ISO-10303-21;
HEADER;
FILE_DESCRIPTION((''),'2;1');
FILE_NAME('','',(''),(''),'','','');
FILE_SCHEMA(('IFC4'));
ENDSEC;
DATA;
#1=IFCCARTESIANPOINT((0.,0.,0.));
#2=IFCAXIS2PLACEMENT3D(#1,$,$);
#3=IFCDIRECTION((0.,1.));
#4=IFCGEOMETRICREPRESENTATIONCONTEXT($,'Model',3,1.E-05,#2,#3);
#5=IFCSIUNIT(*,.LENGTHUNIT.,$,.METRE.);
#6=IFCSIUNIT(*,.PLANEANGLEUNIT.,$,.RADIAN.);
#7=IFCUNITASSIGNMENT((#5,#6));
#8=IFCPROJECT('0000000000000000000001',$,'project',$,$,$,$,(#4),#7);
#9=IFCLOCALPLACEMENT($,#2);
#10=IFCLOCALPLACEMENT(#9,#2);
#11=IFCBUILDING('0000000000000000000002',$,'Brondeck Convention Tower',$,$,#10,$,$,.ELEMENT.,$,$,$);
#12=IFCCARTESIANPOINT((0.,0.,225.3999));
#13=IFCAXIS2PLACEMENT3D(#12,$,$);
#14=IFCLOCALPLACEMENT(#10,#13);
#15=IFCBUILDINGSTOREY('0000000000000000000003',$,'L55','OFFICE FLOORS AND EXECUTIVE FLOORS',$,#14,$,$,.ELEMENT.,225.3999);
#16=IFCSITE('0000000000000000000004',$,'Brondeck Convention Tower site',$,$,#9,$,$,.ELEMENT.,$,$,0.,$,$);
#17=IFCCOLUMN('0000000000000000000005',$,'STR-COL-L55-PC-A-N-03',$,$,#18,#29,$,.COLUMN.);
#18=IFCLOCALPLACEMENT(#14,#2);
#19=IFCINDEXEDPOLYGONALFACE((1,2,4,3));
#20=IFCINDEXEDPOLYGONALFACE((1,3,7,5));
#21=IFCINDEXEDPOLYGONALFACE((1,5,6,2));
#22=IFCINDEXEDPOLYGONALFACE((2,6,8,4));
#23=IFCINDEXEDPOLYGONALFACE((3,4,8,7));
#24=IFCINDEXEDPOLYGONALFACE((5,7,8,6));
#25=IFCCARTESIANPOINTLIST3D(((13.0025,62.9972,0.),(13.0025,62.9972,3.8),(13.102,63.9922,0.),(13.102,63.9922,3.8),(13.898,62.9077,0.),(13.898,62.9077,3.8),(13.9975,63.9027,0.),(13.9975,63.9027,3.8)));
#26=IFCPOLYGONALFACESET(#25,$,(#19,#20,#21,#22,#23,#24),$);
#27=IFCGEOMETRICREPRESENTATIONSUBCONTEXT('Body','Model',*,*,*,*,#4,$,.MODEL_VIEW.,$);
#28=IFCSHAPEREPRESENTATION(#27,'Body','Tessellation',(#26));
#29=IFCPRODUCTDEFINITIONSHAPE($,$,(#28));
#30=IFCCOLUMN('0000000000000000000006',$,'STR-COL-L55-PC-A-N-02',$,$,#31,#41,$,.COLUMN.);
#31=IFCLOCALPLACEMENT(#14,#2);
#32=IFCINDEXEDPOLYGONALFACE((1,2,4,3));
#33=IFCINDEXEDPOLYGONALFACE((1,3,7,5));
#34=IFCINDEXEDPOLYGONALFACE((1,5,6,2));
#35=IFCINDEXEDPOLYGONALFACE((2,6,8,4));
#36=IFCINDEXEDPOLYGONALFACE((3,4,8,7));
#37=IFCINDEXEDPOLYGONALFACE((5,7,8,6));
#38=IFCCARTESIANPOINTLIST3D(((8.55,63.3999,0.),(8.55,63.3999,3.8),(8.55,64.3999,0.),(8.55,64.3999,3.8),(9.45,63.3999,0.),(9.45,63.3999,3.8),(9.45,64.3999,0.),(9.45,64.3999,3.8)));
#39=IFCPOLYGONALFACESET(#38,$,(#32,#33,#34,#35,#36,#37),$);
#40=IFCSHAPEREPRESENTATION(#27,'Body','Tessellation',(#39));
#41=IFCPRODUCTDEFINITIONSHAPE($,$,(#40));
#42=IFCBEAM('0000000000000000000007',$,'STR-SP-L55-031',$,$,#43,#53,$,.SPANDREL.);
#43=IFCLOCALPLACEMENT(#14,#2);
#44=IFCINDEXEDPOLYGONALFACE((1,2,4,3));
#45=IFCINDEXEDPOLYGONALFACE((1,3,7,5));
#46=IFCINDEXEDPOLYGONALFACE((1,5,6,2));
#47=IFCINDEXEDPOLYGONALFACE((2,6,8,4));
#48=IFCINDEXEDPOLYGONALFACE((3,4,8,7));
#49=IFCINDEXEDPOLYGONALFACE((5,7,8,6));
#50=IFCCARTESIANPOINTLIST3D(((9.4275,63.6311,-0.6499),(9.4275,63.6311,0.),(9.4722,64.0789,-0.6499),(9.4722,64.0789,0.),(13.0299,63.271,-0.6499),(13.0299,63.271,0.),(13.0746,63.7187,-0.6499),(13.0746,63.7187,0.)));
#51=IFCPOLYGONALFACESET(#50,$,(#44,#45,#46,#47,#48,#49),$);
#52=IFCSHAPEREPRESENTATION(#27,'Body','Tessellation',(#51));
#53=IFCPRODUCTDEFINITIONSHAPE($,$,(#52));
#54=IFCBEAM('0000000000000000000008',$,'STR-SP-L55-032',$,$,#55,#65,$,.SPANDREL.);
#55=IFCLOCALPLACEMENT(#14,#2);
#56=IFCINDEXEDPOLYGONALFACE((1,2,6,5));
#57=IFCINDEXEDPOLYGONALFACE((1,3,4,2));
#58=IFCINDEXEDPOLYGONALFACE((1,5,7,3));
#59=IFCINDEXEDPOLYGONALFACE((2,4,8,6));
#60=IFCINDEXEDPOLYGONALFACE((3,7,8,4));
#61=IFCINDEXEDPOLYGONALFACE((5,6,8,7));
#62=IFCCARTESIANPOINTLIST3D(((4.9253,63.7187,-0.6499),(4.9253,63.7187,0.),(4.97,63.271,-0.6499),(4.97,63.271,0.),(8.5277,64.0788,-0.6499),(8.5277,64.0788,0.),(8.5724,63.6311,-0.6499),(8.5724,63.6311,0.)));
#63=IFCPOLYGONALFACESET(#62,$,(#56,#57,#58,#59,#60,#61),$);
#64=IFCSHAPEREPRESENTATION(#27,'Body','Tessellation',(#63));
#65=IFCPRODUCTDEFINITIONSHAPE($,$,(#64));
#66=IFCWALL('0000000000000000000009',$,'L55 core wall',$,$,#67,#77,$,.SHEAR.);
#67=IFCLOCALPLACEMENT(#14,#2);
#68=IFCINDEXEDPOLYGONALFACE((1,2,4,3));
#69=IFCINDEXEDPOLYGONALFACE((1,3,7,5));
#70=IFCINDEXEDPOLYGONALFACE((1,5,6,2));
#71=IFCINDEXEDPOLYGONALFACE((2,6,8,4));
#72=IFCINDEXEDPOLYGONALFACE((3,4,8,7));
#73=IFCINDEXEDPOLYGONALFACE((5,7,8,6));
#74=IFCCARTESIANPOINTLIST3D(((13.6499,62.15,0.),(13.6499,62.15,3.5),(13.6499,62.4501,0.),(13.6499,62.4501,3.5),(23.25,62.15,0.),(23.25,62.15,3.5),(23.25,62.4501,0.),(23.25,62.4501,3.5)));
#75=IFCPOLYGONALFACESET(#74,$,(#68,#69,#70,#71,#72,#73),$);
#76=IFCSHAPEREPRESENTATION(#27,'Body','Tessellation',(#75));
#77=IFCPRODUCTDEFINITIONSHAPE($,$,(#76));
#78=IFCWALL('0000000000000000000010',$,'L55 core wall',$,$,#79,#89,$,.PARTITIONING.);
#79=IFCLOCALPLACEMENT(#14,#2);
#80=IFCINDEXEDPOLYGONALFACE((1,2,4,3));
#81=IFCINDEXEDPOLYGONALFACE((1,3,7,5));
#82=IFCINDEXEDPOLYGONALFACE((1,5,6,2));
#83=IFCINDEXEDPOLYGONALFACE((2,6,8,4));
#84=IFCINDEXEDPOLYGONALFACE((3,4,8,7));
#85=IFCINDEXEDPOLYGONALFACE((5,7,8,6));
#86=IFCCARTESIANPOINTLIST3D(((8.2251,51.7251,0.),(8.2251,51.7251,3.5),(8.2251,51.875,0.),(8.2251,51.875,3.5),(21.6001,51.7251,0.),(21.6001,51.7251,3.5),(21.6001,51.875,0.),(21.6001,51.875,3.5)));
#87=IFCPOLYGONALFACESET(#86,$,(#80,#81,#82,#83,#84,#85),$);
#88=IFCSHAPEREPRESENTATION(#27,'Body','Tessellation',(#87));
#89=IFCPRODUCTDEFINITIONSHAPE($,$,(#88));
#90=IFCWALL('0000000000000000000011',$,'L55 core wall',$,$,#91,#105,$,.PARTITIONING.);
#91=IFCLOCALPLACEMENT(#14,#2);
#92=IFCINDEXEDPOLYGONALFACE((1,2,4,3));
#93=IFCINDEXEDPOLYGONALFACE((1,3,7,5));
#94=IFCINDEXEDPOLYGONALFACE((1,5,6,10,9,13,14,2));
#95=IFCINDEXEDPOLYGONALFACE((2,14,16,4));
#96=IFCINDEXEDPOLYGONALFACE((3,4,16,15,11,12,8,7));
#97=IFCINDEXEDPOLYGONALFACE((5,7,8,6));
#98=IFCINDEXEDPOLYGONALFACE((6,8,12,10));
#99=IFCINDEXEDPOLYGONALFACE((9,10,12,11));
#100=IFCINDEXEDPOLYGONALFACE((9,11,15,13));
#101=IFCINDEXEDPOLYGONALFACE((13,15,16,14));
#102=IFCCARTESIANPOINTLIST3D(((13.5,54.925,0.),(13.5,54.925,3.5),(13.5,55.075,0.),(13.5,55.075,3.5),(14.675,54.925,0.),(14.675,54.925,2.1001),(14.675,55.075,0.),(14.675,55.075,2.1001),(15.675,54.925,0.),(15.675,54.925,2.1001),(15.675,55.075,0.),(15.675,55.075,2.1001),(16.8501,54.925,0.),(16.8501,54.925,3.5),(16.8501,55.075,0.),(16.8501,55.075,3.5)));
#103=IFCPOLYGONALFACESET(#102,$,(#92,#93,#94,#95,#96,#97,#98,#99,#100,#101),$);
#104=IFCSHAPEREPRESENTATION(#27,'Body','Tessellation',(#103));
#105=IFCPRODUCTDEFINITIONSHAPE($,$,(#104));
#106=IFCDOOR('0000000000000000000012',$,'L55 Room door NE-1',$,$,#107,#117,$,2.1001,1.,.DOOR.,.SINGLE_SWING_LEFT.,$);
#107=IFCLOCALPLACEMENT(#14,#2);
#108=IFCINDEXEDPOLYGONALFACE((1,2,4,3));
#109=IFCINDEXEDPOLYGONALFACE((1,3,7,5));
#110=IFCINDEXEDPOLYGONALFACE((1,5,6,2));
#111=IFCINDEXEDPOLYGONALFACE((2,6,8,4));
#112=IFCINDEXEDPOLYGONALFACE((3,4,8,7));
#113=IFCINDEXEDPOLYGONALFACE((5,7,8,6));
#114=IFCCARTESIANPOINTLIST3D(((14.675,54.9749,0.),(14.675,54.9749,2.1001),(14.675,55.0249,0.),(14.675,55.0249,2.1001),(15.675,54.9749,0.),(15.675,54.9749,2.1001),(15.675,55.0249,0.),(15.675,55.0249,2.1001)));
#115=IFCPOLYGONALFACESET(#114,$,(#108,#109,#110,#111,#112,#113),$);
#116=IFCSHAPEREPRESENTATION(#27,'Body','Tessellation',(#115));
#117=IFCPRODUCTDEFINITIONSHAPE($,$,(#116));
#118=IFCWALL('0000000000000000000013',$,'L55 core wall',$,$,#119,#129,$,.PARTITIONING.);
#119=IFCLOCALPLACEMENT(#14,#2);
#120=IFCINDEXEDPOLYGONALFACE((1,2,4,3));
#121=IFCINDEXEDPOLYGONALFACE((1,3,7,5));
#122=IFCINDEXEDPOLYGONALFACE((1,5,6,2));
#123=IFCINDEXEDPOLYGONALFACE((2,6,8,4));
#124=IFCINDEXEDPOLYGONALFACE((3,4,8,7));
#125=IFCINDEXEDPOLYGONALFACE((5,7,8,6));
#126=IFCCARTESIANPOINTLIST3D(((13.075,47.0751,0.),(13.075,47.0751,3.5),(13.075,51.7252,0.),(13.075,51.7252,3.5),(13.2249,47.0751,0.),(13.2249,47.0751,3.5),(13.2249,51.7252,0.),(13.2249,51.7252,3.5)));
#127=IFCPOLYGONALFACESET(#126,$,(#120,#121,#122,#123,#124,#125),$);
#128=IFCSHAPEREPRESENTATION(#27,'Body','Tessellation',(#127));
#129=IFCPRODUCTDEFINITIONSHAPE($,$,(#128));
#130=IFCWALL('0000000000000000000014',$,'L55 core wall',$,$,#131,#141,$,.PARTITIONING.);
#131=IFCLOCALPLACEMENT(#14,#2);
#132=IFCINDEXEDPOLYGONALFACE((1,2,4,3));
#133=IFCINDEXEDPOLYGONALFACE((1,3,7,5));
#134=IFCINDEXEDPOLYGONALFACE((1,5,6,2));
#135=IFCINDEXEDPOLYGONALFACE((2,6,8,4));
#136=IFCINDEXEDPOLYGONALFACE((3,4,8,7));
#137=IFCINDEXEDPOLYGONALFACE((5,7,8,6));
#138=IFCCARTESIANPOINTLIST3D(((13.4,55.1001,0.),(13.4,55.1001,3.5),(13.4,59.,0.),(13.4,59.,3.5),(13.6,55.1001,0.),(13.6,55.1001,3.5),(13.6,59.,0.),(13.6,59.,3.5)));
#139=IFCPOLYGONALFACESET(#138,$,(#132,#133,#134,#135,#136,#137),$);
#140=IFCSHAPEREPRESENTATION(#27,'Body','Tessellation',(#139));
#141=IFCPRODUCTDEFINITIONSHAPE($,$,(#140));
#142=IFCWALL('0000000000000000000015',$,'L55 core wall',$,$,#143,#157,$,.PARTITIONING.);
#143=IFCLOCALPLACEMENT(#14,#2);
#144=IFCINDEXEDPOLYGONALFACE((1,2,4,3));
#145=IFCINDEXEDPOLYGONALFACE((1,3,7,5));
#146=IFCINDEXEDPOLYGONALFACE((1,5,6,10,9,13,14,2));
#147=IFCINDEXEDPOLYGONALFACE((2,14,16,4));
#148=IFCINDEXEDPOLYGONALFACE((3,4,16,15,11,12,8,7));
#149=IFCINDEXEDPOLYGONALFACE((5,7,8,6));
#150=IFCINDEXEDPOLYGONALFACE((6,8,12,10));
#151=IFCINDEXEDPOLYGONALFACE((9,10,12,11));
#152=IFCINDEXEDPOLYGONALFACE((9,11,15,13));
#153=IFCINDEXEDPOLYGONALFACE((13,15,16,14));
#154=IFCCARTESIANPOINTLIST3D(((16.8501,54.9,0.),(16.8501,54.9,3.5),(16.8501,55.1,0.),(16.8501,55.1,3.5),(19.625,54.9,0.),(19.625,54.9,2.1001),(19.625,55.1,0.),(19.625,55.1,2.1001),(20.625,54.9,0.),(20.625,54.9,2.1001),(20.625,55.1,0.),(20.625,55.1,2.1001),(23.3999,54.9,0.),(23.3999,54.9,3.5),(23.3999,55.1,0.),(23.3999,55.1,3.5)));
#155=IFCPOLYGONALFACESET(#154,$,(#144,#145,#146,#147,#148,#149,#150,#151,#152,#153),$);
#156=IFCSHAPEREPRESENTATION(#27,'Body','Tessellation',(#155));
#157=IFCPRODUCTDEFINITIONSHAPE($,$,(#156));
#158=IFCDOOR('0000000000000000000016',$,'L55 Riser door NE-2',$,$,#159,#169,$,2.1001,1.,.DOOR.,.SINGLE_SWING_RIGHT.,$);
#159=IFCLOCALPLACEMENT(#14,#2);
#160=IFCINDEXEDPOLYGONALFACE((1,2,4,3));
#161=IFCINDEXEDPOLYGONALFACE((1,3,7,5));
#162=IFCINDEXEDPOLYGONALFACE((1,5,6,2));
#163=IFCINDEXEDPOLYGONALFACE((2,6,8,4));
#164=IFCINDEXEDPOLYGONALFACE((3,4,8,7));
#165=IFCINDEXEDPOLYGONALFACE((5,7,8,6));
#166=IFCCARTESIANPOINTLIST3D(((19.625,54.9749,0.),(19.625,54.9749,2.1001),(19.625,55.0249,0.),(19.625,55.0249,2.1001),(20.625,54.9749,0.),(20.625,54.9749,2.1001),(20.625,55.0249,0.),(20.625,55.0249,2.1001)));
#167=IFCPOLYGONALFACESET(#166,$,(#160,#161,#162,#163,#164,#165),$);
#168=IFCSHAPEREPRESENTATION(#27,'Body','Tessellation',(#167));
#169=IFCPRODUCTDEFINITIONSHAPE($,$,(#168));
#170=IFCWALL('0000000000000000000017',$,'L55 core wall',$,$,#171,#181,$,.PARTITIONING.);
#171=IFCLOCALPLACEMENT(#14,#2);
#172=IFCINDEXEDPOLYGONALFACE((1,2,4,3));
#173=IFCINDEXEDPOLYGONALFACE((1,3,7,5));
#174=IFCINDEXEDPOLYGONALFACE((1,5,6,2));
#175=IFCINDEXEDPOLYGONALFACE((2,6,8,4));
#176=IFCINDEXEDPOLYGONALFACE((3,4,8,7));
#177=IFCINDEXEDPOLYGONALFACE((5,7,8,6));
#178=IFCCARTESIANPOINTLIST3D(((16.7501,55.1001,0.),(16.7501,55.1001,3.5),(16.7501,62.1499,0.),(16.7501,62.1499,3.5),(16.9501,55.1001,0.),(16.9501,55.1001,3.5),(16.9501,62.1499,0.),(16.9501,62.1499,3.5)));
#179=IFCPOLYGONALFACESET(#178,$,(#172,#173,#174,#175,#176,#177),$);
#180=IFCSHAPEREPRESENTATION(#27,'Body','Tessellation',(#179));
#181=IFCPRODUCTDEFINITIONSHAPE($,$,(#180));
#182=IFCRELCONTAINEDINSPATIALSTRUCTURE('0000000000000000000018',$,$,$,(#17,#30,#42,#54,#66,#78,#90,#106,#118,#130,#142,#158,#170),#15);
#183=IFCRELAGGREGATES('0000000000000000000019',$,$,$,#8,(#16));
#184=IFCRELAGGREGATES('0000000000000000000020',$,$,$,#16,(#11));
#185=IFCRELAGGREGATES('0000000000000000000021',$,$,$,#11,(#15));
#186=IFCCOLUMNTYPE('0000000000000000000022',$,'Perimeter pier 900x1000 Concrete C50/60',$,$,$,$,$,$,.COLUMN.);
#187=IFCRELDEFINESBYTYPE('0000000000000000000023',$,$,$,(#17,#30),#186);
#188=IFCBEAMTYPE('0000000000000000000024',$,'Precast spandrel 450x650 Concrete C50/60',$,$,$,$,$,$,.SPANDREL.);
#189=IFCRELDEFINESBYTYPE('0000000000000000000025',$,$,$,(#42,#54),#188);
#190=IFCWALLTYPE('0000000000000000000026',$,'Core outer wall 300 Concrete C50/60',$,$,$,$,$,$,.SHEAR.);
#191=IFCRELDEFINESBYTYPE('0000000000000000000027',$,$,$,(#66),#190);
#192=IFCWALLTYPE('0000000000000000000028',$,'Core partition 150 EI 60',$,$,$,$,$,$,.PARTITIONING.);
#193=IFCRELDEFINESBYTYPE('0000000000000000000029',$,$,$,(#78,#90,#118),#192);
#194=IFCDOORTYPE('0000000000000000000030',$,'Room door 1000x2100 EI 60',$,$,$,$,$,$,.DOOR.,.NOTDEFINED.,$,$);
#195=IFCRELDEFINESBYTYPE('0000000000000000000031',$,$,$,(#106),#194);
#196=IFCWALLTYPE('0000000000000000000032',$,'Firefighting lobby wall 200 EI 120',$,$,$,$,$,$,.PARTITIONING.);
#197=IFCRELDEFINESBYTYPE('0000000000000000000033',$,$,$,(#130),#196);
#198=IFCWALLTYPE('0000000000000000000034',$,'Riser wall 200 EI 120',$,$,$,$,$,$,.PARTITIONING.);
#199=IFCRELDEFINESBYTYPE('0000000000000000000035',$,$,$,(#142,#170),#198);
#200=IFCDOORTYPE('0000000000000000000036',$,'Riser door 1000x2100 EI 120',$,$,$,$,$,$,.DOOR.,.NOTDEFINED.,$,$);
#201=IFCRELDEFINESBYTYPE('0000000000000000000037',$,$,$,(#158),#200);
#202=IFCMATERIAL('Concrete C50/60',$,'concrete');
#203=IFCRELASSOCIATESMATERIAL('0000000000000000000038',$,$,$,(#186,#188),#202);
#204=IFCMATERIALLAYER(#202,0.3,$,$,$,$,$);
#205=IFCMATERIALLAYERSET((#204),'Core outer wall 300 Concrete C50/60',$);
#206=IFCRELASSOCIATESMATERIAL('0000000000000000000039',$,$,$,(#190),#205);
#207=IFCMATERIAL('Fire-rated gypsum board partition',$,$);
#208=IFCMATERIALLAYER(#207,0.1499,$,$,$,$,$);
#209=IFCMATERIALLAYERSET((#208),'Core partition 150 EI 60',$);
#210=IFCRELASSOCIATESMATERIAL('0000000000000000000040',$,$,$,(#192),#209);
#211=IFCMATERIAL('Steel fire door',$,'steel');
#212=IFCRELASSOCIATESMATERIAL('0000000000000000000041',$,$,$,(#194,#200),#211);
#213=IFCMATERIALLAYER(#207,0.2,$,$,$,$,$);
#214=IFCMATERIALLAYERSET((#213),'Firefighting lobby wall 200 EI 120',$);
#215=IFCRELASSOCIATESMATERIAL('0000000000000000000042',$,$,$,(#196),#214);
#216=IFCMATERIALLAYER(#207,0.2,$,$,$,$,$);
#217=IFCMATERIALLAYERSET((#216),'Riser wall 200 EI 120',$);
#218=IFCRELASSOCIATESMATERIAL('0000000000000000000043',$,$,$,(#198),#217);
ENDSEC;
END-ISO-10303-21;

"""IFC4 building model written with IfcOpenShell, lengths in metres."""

from ifc_helpers import new_model, si_unit, direction, frame, frame_2d, origin, origin_2d, place, context, subcontext, project, spatial, rectangle, extrude, material, layer, layer_set, material_profile, profile_set, type_object, element, fill, save


model = new_model("IFC4")

# Units and contexts
model_context = context("Model", 3, precision=1e-05, world=origin(), true_north=direction((0.0, 1.0)))
body_context = subcontext(model_context, "Body", "Model", "MODEL_VIEW")
ifc_project = project(units=[si_unit("LENGTHUNIT", "METRE"), si_unit("PLANEANGLEUNIT", "RADIAN")], contexts=[model_context])

# Site, building, storey
site_placement = place(None, origin())
site = spatial("IfcSite", under=ifc_project, at=site_placement, Name="Brondeck Convention Tower site", CompositionType="ELEMENT", RefElevation=0.0)
building_placement = place(site_placement, origin())
building = spatial("IfcBuilding", under=site, at=building_placement, Name="Brondeck Convention Tower", CompositionType="ELEMENT")
storey_placement = place(building_placement, frame((0.0, 0.0, 225.3999)))
storey = spatial("IfcBuildingStorey", under=building, at=storey_placement, Name="L55", Description="OFFICE FLOORS AND EXECUTIVE FLOORS", CompositionType="ELEMENT", Elevation=225.3999)

# Columns
ifc_material_1 = material(Name="Concrete C50/60", Category="concrete")
ifc_material_profile_1 = material_profile(ifc_material_1, rectangle(XDim=0.8999, YDim=1.0, at=origin_2d()), Name="Perimeter pier 900x1000 Concrete C50/60")
ifc_profile_set_1 = profile_set([ifc_material_profile_1], Name="Concrete C50/60")
column_type = type_object("IfcColumnType", Name="Perimeter pier 900x1000 Concrete C50/60", PredefinedType="COLUMN", material=ifc_profile_set_1)
for number, where, z_axis, x_axis, name in (
    (1, (13.5, 63.45, 0.0), (0.0, 0.0, 1.0), (-0.995037, 0.099504, 0.0), "STR-COL-L55-PC-A-N-03"),
    (2, (9.0, 63.8999, 0.0), (0.0, 0.0, 1.0), (-1.0, 0.0, 0.0), "STR-COL-L55-PC-A-N-02"),
):
    element("IfcColumn", number, at=place(storey_placement, frame(where, z_axis=z_axis, x_axis=x_axis)), inside=storey, type_object=column_type, Name=name, PredefinedType="COLUMN", context=body_context, shape_type="SweptSolid", body=[
        extrude(rectangle(XDim=0.8999, YDim=1.0, at=origin_2d()), origin(), (0.0, 0.0, 1.0), 3.8),
    ])

# Beams
ifc_material_profile_2 = material_profile(ifc_material_1, rectangle(XDim=0.45, YDim=0.6499, at=origin_2d()), Name="Precast spandrel 450x650 Concrete C50/60")
ifc_profile_set_2 = profile_set([ifc_material_profile_2], Name="Concrete C50/60")
beam_type = type_object("IfcBeamType", Name="Precast spandrel 450x650 Concrete C50/60", PredefinedType="SPANDREL", material=ifc_profile_set_2)
for number, where, z_axis, x_axis, name in (
    (3, (13.0522, 63.4949, -0.325), (-0.995041, 0.09947, 0.0), (-0.09947, -0.995041, 0.0), "STR-SP-L55-031"),
    (4, (8.55, 63.855, -0.325), (-0.995041, -0.09947, 0.0), (0.09947, -0.995041, 0.0), "STR-SP-L55-032"),
):
    element("IfcBeam", number, at=place(storey_placement, frame(where, z_axis=z_axis, x_axis=x_axis)), inside=storey, type_object=beam_type, Name=name, PredefinedType="SPANDREL", context=body_context, shape_type="SweptSolid", body=[
        extrude(rectangle(XDim=0.45, YDim=0.6499, at=origin_2d()), origin(), (0.0, 0.0, 1.0), 3.6204),
    ])

# Walls
ifc_layer_1 = layer(ifc_material_1, 0.3)
ifc_layer_set_1 = layer_set([ifc_layer_1], Name="Core outer wall 300 Concrete C50/60")
wall_type_1 = type_object("IfcWallType", Name="Core outer wall 300 Concrete C50/60", PredefinedType="SHEAR", material=ifc_layer_set_1)
wall_1_placement = place(storey_placement, frame((13.6499, 62.3, 0.0), z_axis=(0.0, 0.0, 1.0), x_axis=(1.0, 0.0, 0.0)))
element("IfcWall", 5, at=wall_1_placement, inside=storey, type_object=wall_type_1, Name="L55 core wall", PredefinedType="SHEAR", context=body_context, shape_type="SweptSolid", body=[
    extrude(rectangle(XDim=9.6001, YDim=0.3, at=frame_2d((4.8, 0.0))), origin(), (0.0, 0.0, 1.0), 3.5),
])
ifc_material_2 = material(Name="Fire-rated gypsum board partition")
ifc_layer_2 = layer(ifc_material_2, 0.1499)
ifc_layer_set_2 = layer_set([ifc_layer_2], Name="Core partition 150 EI 60")
wall_type_2 = type_object("IfcWallType", Name="Core partition 150 EI 60", PredefinedType="PARTITIONING", material=ifc_layer_set_2)
wall_2_placement = place(storey_placement, frame((8.2251, 51.8, 0.0), z_axis=(0.0, 0.0, 1.0), x_axis=(1.0, 0.0, 0.0)))
element("IfcWall", 6, at=wall_2_placement, inside=storey, type_object=wall_type_2, Name="L55 core wall", PredefinedType="PARTITIONING", context=body_context, shape_type="SweptSolid", body=[
    extrude(rectangle(XDim=13.375, YDim=0.1499, at=frame_2d((6.6875, 0.0))), origin(), (0.0, 0.0, 1.0), 3.5),
])

# Wall, opening, door
wall_3_placement = place(storey_placement, frame((13.5, 55.0, 0.0), z_axis=(0.0, 0.0, 1.0), x_axis=(1.0, 0.0, 0.0)))
wall_3 = element("IfcWall", 7, at=wall_3_placement, inside=storey, type_object=wall_type_2, Name="L55 core wall", PredefinedType="PARTITIONING", context=body_context, shape_type="SweptSolid", body=[
    extrude(rectangle(XDim=3.3501, YDim=0.1499, at=frame_2d((1.675, 0.0))), origin(), (0.0, 0.0, 1.0), 3.5),
])
opening_1_placement = place(wall_3_placement, frame((1.175, 0.0, 0.0)))
opening_1 = element("IfcOpeningElement", 8, at=opening_1_placement, cuts=wall_3, PredefinedType="OPENING", context=body_context, shape_type="SweptSolid", body=[
    extrude(rectangle(XDim=1.0, YDim=2.1001, at=frame_2d((0.5, 1.05))), frame((0.0, 0.085, 0.0), z_axis=(0.0, -1.0, 0.0), x_axis=(1.0, 0.0, 0.0)), (0.0, 0.0, 1.0), 0.1699),
])
ifc_material_3 = material(Name="Steel fire door", Category="steel")
door_type_1 = type_object("IfcDoorType", Name="Room door 1000x2100 EI 60", OperationType="NOTDEFINED", PredefinedType="DOOR", material=ifc_material_3)
door_1_placement = place(opening_1_placement, origin())
door_1 = element("IfcDoor", 9, at=door_1_placement, inside=storey, type_object=door_type_1, Name="L55 Room door NE-1", OperationType="SINGLE_SWING_LEFT", OverallHeight=2.1001, OverallWidth=1.0, PredefinedType="DOOR", context=body_context, shape_type="SweptSolid", body=[
    extrude(rectangle(XDim=1.0, YDim=2.1001, at=frame_2d((0.5, 1.05))), frame((0.0, 0.0249, 0.0), z_axis=(0.0, -1.0, 0.0), x_axis=(1.0, 0.0, 0.0)), (0.0, 0.0, 1.0), 0.05),
])
fill(opening_1, door_1)

# Walls
wall_4_placement = place(storey_placement, frame((13.1499, 47.075, 0.0), z_axis=(0.0, 0.0, 1.0), x_axis=(0.0, 1.0, 0.0)))
element("IfcWall", 10, at=wall_4_placement, inside=storey, type_object=wall_type_2, Name="L55 core wall", PredefinedType="PARTITIONING", context=body_context, shape_type="SweptSolid", body=[
    extrude(rectangle(XDim=4.6501, YDim=0.1499, at=frame_2d((2.3252, 0.0))), origin(), (0.0, 0.0, 1.0), 3.5),
])
ifc_layer_3 = layer(ifc_material_2, 0.2)
ifc_layer_set_3 = layer_set([ifc_layer_3], Name="Firefighting lobby wall 200 EI 120")
wall_type_3 = type_object("IfcWallType", Name="Firefighting lobby wall 200 EI 120", PredefinedType="PARTITIONING", material=ifc_layer_set_3)
wall_5_placement = place(storey_placement, frame((13.5, 55.1001, 0.0), z_axis=(0.0, 0.0, 1.0), x_axis=(0.0, 1.0, 0.0)))
element("IfcWall", 11, at=wall_5_placement, inside=storey, type_object=wall_type_3, Name="L55 core wall", PredefinedType="PARTITIONING", context=body_context, shape_type="SweptSolid", body=[
    extrude(rectangle(XDim=3.8999, YDim=0.2, at=frame_2d((1.95, 0.0))), origin(), (0.0, 0.0, 1.0), 3.5),
])

# Wall, opening, door
ifc_layer_4 = layer(ifc_material_2, 0.2)
ifc_layer_set_4 = layer_set([ifc_layer_4], Name="Riser wall 200 EI 120")
wall_type_4 = type_object("IfcWallType", Name="Riser wall 200 EI 120", PredefinedType="PARTITIONING", material=ifc_layer_set_4)
wall_6_placement = place(storey_placement, frame((16.8501, 55.0, 0.0), z_axis=(0.0, 0.0, 1.0), x_axis=(1.0, 0.0, 0.0)))
wall_6 = element("IfcWall", 12, at=wall_6_placement, inside=storey, type_object=wall_type_4, Name="L55 core wall", PredefinedType="PARTITIONING", context=body_context, shape_type="SweptSolid", body=[
    extrude(rectangle(XDim=6.5498, YDim=0.2, at=frame_2d((3.2749, 0.0))), origin(), (0.0, 0.0, 1.0), 3.5),
])
opening_2_placement = place(wall_6_placement, frame((2.7749, 0.0, 0.0)))
opening_2 = element("IfcOpeningElement", 13, at=opening_2_placement, cuts=wall_6, PredefinedType="OPENING", context=body_context, shape_type="SweptSolid", body=[
    extrude(rectangle(XDim=1.0, YDim=2.1001, at=frame_2d((0.5, 1.05))), frame((0.0, 0.1099, 0.0), z_axis=(0.0, -1.0, 0.0), x_axis=(1.0, 0.0, 0.0)), (0.0, 0.0, 1.0), 0.22),
])
door_type_2 = type_object("IfcDoorType", Name="Riser door 1000x2100 EI 120", OperationType="NOTDEFINED", PredefinedType="DOOR", material=ifc_material_3)
door_2_placement = place(opening_2_placement, origin())
door_2 = element("IfcDoor", 14, at=door_2_placement, inside=storey, type_object=door_type_2, Name="L55 Riser door NE-2", OperationType="SINGLE_SWING_RIGHT", OverallHeight=2.1001, OverallWidth=1.0, PredefinedType="DOOR", context=body_context, shape_type="SweptSolid", body=[
    extrude(rectangle(XDim=1.0, YDim=2.1001, at=frame_2d((0.5, 1.05))), frame((0.0, 0.0249, 0.0), z_axis=(0.0, -1.0, 0.0), x_axis=(1.0, 0.0, 0.0)), (0.0, 0.0, 1.0), 0.05),
])
fill(opening_2, door_2)

# Wall
wall_7_placement = place(storey_placement, frame((16.8501, 55.1001, 0.0), z_axis=(0.0, 0.0, 1.0), x_axis=(0.0, 1.0, 0.0)))
element("IfcWall", 15, at=wall_7_placement, inside=storey, type_object=wall_type_4, Name="L55 core wall", PredefinedType="PARTITIONING", context=body_context, shape_type="SweptSolid", body=[
    extrude(rectangle(XDim=7.0498, YDim=0.2, at=frame_2d((3.5249, 0.0))), origin(), (0.0, 0.0, 1.0), 3.5),
])

save(model, "model.ifc")
